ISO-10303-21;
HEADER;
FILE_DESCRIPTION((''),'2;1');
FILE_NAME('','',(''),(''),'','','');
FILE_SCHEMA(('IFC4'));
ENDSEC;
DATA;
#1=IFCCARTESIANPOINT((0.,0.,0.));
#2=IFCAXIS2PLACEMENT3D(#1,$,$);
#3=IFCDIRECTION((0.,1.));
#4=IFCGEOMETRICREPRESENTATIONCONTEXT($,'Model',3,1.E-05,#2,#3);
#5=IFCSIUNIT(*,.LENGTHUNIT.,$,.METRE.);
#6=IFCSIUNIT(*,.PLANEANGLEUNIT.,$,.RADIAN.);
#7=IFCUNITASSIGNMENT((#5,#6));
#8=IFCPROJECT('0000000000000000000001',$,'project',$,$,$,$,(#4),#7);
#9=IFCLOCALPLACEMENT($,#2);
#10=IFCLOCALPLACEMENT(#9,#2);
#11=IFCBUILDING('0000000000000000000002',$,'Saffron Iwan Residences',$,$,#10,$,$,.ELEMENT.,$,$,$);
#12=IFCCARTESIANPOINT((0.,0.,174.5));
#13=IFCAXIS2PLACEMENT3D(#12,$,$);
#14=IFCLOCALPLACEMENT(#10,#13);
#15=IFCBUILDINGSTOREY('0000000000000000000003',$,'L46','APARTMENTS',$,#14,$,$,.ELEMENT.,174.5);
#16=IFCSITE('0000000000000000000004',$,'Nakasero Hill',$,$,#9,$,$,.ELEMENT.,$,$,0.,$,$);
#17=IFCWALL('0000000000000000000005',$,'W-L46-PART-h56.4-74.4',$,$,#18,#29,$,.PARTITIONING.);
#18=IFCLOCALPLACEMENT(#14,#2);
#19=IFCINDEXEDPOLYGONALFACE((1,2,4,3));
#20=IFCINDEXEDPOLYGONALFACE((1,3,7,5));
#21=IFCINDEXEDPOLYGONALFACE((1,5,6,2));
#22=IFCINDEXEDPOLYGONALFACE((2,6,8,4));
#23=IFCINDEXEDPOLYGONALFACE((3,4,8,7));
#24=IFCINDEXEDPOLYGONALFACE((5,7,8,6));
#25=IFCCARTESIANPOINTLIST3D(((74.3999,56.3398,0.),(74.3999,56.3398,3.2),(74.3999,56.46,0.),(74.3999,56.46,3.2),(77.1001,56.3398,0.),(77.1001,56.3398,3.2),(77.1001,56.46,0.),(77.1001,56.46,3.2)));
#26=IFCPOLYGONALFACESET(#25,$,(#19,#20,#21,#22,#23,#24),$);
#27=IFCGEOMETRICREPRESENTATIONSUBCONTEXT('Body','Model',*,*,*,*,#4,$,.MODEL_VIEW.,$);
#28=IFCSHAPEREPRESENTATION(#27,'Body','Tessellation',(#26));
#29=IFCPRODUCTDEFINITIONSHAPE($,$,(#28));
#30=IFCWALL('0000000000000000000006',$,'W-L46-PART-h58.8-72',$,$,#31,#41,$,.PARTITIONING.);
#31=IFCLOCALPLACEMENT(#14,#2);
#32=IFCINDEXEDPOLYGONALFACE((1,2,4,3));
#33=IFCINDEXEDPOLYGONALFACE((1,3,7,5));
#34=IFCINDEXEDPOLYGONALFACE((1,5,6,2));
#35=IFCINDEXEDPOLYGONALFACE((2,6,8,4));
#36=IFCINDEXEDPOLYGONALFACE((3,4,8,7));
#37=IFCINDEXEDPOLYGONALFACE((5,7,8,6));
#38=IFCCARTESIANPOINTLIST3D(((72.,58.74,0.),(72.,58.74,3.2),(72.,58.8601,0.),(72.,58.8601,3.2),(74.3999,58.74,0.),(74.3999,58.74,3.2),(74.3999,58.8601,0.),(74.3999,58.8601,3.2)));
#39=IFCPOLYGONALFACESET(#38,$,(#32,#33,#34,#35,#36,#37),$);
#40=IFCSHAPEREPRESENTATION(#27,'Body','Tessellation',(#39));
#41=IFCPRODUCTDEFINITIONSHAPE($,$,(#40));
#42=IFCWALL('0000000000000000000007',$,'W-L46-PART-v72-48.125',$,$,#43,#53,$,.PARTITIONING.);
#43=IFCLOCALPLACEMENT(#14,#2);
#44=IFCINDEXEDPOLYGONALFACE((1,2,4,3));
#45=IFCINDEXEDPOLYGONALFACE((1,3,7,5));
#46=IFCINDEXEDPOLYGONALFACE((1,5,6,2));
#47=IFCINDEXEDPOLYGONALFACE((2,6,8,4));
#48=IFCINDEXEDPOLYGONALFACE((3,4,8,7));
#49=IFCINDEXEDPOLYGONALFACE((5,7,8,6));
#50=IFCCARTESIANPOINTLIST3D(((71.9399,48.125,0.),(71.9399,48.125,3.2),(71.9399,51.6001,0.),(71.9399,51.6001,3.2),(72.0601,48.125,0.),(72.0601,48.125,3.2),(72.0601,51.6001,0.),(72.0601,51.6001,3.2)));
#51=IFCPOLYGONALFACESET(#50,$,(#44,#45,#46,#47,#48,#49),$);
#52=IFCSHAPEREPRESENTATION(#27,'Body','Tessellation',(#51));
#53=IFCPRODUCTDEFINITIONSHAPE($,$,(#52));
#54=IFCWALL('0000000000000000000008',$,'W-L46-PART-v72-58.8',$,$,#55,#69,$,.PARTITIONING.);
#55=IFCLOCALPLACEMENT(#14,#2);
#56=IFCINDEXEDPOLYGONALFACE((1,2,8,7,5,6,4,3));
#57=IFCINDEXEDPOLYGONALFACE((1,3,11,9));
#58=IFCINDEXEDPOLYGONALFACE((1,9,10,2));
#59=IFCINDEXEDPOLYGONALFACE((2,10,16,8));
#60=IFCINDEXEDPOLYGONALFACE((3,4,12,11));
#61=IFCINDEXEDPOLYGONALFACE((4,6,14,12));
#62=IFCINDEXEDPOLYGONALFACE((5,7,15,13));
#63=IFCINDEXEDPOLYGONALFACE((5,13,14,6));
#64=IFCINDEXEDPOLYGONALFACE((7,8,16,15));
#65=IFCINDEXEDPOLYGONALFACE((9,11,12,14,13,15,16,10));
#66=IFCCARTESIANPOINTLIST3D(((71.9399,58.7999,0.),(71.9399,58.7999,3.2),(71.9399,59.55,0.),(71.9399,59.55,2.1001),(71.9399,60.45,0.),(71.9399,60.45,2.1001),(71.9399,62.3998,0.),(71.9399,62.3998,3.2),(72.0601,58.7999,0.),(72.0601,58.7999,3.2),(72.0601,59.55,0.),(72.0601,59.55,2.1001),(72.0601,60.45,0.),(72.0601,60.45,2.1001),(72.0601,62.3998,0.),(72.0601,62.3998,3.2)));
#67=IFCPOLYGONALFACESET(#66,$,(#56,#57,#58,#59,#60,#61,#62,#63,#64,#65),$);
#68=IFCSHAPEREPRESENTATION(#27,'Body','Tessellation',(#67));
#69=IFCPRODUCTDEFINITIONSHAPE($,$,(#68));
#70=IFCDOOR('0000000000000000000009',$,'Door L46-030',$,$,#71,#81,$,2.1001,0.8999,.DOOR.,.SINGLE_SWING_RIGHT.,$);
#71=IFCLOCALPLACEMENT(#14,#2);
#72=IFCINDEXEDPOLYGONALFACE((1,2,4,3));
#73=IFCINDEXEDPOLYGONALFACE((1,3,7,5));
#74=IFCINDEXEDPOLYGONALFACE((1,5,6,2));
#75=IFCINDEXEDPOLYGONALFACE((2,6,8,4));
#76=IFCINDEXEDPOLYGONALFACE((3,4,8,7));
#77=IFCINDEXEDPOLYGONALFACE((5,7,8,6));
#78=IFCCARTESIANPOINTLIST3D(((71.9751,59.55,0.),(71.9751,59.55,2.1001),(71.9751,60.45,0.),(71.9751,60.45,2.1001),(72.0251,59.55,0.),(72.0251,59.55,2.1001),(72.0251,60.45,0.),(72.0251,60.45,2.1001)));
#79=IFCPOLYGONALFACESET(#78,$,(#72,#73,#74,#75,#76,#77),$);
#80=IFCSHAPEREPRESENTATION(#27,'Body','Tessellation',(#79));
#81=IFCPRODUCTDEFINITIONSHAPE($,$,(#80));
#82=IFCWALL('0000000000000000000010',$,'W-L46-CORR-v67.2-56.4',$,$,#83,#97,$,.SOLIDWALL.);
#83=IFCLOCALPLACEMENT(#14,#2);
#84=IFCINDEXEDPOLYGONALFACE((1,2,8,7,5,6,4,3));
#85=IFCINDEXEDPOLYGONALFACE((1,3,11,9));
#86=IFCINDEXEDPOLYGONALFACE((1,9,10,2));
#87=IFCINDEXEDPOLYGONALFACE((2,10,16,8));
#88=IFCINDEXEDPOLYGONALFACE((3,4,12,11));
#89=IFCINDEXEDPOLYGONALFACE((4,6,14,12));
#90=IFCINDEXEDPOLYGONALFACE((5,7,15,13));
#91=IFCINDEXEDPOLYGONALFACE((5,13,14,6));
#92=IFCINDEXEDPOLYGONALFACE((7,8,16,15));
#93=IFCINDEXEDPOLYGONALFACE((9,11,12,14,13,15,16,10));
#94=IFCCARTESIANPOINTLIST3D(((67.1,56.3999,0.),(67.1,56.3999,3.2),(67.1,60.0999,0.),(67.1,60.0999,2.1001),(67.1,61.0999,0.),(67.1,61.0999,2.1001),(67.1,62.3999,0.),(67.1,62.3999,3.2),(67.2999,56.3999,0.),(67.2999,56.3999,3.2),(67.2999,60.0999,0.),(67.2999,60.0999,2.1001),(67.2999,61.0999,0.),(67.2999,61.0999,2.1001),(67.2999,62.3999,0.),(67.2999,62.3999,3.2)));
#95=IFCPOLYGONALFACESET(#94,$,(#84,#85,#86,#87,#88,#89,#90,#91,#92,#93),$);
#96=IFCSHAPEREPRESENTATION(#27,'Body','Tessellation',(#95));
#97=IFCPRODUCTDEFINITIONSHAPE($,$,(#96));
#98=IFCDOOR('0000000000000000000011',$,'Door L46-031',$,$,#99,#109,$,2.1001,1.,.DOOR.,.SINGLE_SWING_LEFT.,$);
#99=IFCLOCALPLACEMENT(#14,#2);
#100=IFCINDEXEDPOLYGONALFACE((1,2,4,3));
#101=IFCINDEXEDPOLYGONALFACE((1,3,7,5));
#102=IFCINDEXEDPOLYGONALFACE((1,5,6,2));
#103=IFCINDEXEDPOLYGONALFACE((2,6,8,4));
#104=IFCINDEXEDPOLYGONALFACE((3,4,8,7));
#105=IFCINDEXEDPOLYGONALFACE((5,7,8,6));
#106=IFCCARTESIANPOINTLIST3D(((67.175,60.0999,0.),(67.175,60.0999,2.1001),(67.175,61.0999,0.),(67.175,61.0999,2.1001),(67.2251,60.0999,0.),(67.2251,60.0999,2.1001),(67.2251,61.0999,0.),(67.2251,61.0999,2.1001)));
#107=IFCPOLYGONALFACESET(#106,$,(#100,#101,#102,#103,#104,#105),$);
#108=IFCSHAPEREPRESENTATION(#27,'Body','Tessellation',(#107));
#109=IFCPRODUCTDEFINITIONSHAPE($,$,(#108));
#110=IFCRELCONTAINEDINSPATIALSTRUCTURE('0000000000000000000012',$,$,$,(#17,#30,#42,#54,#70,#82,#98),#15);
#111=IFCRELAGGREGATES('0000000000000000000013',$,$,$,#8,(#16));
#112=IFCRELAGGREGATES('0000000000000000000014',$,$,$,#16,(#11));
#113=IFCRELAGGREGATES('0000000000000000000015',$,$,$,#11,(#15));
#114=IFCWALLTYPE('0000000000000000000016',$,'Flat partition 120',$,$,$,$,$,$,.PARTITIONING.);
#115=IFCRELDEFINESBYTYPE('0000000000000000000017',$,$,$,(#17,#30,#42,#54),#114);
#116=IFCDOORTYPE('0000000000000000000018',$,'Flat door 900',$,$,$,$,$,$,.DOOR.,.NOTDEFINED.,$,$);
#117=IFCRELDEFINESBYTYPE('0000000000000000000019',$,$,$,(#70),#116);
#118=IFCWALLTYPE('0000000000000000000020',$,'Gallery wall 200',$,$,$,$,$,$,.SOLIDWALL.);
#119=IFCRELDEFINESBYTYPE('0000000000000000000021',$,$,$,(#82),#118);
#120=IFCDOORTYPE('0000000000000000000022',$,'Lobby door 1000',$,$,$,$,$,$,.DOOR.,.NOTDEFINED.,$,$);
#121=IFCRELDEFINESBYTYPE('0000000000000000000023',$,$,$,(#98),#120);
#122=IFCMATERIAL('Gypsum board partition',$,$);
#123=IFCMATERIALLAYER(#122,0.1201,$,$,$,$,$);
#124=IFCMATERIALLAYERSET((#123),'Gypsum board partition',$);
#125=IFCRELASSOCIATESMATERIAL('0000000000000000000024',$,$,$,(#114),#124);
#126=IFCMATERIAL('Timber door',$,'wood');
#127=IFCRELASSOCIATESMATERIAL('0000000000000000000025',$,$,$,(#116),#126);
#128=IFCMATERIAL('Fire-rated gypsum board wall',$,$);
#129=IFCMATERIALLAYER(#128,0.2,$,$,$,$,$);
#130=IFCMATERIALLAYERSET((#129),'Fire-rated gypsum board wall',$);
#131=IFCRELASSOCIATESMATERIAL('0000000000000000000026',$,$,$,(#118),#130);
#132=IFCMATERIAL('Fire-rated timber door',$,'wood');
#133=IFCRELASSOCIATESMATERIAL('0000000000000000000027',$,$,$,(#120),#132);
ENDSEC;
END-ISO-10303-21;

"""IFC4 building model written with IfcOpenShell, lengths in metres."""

from ifc_helpers import new_model, si_unit, direction, frame, frame_2d, origin, place, context, subcontext, project, spatial, rectangle, extrude, material, layer, layer_set, type_object, element, fill, save


model = new_model("IFC4")

# Units and contexts
model_context = context("Model", 3, precision=1e-05, world=origin(), true_north=direction((0.0, 1.0)))
body_context = subcontext(model_context, "Body", "Model", "MODEL_VIEW")
ifc_project = project(units=[si_unit("LENGTHUNIT", "METRE"), si_unit("PLANEANGLEUNIT", "RADIAN")], contexts=[model_context])

# Site, building, storey
site_placement = place(None, origin())
site = spatial("IfcSite", under=ifc_project, at=site_placement, Name="Nakasero Hill", CompositionType="ELEMENT", RefElevation=0.0)
building_placement = place(site_placement, origin())
building = spatial("IfcBuilding", under=site, at=building_placement, Name="Saffron Iwan Residences", CompositionType="ELEMENT")
storey_placement = place(building_placement, frame((0.0, 0.0, 174.5)))
storey = spatial("IfcBuildingStorey", under=building, at=storey_placement, Name="L46", Description="APARTMENTS", CompositionType="ELEMENT", Elevation=174.5)

# Shared definitions
ifc_material_1 = material(Name="Fire-rated gypsum board wall")

# Shared definitions
ifc_material_2 = material(Name="Gypsum board partition")
ifc_layer_1 = layer(ifc_material_2, 0.1201)
ifc_layer_set_1 = layer_set([ifc_layer_1], Name="Gypsum board partition")
wall_type_1 = type_object("IfcWallType", Name="Flat partition 120", PredefinedType="PARTITIONING", material=ifc_layer_set_1)
ifc_material_3 = material(Name="Timber door", Category="wood")
door_type_1 = type_object("IfcDoorType", Name="Flat door 900", OperationType="NOTDEFINED", PredefinedType="DOOR", material=ifc_material_3)

# Walls
wall_1_placement = place(storey_placement, frame((74.3999, 56.3999, 0.0), z_axis=(0.0, 0.0, 1.0), x_axis=(1.0, 0.0, 0.0)))
element("IfcWall", 1, at=wall_1_placement, inside=storey, type_object=wall_type_1, Name="W-L46-PART-h56.4-74.4", PredefinedType="PARTITIONING", context=body_context, shape_type="SweptSolid", body=[
    extrude(rectangle(XDim=2.7002, YDim=0.1201, at=frame_2d((1.3501, 0.0))), origin(), (0.0, 0.0, 1.0), 3.2),
])
wall_2_placement = place(storey_placement, frame((72.0, 58.8, 0.0), z_axis=(0.0, 0.0, 1.0), x_axis=(1.0, 0.0, 0.0)))
element("IfcWall", 2, at=wall_2_placement, inside=storey, type_object=wall_type_1, Name="W-L46-PART-h58.8-72", PredefinedType="PARTITIONING", context=body_context, shape_type="SweptSolid", body=[
    extrude(rectangle(XDim=2.3999, YDim=0.1201, at=frame_2d((1.2, 0.0))), origin(), (0.0, 0.0, 1.0), 3.2),
])
wall_3_placement = place(storey_placement, frame((72.0, 48.125, 0.0), z_axis=(0.0, 0.0, 1.0), x_axis=(0.0, 1.0, 0.0)))
element("IfcWall", 3, at=wall_3_placement, inside=storey, type_object=wall_type_1, Name="W-L46-PART-v72-48.125", PredefinedType="PARTITIONING", context=body_context, shape_type="SweptSolid", body=[
    extrude(rectangle(XDim=3.4751, YDim=0.1201, at=frame_2d((1.7375, 0.0))), origin(), (0.0, 0.0, 1.0), 3.2),
])

# Walls, openings, doors
wall_4_placement = place(storey_placement, frame((72.0, 58.8, 0.0), z_axis=(0.0, 0.0, 1.0), x_axis=(0.0, 1.0, 0.0)))
wall_4 = element("IfcWall", 4, at=wall_4_placement, inside=storey, type_object=wall_type_1, Name="W-L46-PART-v72-58.8", PredefinedType="PARTITIONING", context=body_context, shape_type="SweptSolid", body=[
    extrude(rectangle(XDim=3.5999, YDim=0.1201, at=frame_2d((1.7998, 0.0))), origin(), (0.0, 0.0, 1.0), 3.2),
])
opening_1_placement = place(wall_4_placement, frame((0.75, 0.0, 0.0)))
opening_1 = element("IfcOpeningElement", 5, at=opening_1_placement, cuts=wall_4, PredefinedType="OPENING", context=body_context, shape_type="SweptSolid", body=[
    extrude(rectangle(XDim=0.8999, YDim=2.1001, at=frame_2d((0.45, 1.05))), frame((0.0, 0.0701, 0.0), z_axis=(0.0, -1.0, 0.0), x_axis=(1.0, 0.0, 0.0)), (0.0, 0.0, 1.0), 0.1401),
])
door_1_placement = place(opening_1_placement, origin())
door_1 = element("IfcDoor", 6, at=door_1_placement, inside=storey, type_object=door_type_1, Name="Door L46-030", OperationType="SINGLE_SWING_RIGHT", OverallHeight=2.1001, OverallWidth=0.8999, PredefinedType="DOOR", context=body_context, shape_type="SweptSolid", body=[
    extrude(rectangle(XDim=0.8999, YDim=2.1001, at=frame_2d((0.45, 1.05))), frame((0.0, 0.0249, 0.0), z_axis=(0.0, -1.0, 0.0), x_axis=(1.0, 0.0, 0.0)), (0.0, 0.0, 1.0), 0.05),
])
fill(opening_1, door_1)
ifc_layer_2 = layer(ifc_material_1, 0.2)
ifc_layer_set_2 = layer_set([ifc_layer_2], Name="Fire-rated gypsum board wall")
wall_type_2 = type_object("IfcWallType", Name="Gallery wall 200", PredefinedType="SOLIDWALL", material=ifc_layer_set_2)
wall_5_placement = place(storey_placement, frame((67.2, 56.3999, 0.0), z_axis=(0.0, 0.0, 1.0), x_axis=(0.0, 1.0, 0.0)))
wall_5 = element("IfcWall", 7, at=wall_5_placement, inside=storey, type_object=wall_type_2, Name="W-L46-CORR-v67.2-56.4", PredefinedType="SOLIDWALL", context=body_context, shape_type="SweptSolid", body=[
    extrude(rectangle(XDim=6.0, YDim=0.2, at=frame_2d((3.0, 0.0))), origin(), (0.0, 0.0, 1.0), 3.2),
])
opening_2_placement = place(wall_5_placement, frame((3.7, 0.0, 0.0)))
opening_2 = element("IfcOpeningElement", 8, at=opening_2_placement, cuts=wall_5, PredefinedType="OPENING", context=body_context, shape_type="SweptSolid", body=[
    extrude(rectangle(XDim=1.0, YDim=2.1001, at=frame_2d((0.5, 1.05))), frame((0.0, 0.1099, 0.0), z_axis=(0.0, -1.0, 0.0), x_axis=(1.0, 0.0, 0.0)), (0.0, 0.0, 1.0), 0.22),
])
ifc_material_4 = material(Name="Fire-rated timber door", Category="wood")
door_type_2 = type_object("IfcDoorType", Name="Lobby door 1000", OperationType="NOTDEFINED", PredefinedType="DOOR", material=ifc_material_4)
door_2_placement = place(opening_2_placement, origin())
door_2 = element("IfcDoor", 9, at=door_2_placement, inside=storey, type_object=door_type_2, Name="Door L46-031", OperationType="SINGLE_SWING_LEFT", OverallHeight=2.1001, OverallWidth=1.0, PredefinedType="DOOR", context=body_context, shape_type="SweptSolid", body=[
    extrude(rectangle(XDim=1.0, YDim=2.1001, at=frame_2d((0.5, 1.05))), frame((0.0, 0.0249, 0.0), z_axis=(0.0, -1.0, 0.0), x_axis=(1.0, 0.0, 0.0)), (0.0, 0.0, 1.0), 0.05),
])
fill(opening_2, door_2)

save(model, "model.ifc")
